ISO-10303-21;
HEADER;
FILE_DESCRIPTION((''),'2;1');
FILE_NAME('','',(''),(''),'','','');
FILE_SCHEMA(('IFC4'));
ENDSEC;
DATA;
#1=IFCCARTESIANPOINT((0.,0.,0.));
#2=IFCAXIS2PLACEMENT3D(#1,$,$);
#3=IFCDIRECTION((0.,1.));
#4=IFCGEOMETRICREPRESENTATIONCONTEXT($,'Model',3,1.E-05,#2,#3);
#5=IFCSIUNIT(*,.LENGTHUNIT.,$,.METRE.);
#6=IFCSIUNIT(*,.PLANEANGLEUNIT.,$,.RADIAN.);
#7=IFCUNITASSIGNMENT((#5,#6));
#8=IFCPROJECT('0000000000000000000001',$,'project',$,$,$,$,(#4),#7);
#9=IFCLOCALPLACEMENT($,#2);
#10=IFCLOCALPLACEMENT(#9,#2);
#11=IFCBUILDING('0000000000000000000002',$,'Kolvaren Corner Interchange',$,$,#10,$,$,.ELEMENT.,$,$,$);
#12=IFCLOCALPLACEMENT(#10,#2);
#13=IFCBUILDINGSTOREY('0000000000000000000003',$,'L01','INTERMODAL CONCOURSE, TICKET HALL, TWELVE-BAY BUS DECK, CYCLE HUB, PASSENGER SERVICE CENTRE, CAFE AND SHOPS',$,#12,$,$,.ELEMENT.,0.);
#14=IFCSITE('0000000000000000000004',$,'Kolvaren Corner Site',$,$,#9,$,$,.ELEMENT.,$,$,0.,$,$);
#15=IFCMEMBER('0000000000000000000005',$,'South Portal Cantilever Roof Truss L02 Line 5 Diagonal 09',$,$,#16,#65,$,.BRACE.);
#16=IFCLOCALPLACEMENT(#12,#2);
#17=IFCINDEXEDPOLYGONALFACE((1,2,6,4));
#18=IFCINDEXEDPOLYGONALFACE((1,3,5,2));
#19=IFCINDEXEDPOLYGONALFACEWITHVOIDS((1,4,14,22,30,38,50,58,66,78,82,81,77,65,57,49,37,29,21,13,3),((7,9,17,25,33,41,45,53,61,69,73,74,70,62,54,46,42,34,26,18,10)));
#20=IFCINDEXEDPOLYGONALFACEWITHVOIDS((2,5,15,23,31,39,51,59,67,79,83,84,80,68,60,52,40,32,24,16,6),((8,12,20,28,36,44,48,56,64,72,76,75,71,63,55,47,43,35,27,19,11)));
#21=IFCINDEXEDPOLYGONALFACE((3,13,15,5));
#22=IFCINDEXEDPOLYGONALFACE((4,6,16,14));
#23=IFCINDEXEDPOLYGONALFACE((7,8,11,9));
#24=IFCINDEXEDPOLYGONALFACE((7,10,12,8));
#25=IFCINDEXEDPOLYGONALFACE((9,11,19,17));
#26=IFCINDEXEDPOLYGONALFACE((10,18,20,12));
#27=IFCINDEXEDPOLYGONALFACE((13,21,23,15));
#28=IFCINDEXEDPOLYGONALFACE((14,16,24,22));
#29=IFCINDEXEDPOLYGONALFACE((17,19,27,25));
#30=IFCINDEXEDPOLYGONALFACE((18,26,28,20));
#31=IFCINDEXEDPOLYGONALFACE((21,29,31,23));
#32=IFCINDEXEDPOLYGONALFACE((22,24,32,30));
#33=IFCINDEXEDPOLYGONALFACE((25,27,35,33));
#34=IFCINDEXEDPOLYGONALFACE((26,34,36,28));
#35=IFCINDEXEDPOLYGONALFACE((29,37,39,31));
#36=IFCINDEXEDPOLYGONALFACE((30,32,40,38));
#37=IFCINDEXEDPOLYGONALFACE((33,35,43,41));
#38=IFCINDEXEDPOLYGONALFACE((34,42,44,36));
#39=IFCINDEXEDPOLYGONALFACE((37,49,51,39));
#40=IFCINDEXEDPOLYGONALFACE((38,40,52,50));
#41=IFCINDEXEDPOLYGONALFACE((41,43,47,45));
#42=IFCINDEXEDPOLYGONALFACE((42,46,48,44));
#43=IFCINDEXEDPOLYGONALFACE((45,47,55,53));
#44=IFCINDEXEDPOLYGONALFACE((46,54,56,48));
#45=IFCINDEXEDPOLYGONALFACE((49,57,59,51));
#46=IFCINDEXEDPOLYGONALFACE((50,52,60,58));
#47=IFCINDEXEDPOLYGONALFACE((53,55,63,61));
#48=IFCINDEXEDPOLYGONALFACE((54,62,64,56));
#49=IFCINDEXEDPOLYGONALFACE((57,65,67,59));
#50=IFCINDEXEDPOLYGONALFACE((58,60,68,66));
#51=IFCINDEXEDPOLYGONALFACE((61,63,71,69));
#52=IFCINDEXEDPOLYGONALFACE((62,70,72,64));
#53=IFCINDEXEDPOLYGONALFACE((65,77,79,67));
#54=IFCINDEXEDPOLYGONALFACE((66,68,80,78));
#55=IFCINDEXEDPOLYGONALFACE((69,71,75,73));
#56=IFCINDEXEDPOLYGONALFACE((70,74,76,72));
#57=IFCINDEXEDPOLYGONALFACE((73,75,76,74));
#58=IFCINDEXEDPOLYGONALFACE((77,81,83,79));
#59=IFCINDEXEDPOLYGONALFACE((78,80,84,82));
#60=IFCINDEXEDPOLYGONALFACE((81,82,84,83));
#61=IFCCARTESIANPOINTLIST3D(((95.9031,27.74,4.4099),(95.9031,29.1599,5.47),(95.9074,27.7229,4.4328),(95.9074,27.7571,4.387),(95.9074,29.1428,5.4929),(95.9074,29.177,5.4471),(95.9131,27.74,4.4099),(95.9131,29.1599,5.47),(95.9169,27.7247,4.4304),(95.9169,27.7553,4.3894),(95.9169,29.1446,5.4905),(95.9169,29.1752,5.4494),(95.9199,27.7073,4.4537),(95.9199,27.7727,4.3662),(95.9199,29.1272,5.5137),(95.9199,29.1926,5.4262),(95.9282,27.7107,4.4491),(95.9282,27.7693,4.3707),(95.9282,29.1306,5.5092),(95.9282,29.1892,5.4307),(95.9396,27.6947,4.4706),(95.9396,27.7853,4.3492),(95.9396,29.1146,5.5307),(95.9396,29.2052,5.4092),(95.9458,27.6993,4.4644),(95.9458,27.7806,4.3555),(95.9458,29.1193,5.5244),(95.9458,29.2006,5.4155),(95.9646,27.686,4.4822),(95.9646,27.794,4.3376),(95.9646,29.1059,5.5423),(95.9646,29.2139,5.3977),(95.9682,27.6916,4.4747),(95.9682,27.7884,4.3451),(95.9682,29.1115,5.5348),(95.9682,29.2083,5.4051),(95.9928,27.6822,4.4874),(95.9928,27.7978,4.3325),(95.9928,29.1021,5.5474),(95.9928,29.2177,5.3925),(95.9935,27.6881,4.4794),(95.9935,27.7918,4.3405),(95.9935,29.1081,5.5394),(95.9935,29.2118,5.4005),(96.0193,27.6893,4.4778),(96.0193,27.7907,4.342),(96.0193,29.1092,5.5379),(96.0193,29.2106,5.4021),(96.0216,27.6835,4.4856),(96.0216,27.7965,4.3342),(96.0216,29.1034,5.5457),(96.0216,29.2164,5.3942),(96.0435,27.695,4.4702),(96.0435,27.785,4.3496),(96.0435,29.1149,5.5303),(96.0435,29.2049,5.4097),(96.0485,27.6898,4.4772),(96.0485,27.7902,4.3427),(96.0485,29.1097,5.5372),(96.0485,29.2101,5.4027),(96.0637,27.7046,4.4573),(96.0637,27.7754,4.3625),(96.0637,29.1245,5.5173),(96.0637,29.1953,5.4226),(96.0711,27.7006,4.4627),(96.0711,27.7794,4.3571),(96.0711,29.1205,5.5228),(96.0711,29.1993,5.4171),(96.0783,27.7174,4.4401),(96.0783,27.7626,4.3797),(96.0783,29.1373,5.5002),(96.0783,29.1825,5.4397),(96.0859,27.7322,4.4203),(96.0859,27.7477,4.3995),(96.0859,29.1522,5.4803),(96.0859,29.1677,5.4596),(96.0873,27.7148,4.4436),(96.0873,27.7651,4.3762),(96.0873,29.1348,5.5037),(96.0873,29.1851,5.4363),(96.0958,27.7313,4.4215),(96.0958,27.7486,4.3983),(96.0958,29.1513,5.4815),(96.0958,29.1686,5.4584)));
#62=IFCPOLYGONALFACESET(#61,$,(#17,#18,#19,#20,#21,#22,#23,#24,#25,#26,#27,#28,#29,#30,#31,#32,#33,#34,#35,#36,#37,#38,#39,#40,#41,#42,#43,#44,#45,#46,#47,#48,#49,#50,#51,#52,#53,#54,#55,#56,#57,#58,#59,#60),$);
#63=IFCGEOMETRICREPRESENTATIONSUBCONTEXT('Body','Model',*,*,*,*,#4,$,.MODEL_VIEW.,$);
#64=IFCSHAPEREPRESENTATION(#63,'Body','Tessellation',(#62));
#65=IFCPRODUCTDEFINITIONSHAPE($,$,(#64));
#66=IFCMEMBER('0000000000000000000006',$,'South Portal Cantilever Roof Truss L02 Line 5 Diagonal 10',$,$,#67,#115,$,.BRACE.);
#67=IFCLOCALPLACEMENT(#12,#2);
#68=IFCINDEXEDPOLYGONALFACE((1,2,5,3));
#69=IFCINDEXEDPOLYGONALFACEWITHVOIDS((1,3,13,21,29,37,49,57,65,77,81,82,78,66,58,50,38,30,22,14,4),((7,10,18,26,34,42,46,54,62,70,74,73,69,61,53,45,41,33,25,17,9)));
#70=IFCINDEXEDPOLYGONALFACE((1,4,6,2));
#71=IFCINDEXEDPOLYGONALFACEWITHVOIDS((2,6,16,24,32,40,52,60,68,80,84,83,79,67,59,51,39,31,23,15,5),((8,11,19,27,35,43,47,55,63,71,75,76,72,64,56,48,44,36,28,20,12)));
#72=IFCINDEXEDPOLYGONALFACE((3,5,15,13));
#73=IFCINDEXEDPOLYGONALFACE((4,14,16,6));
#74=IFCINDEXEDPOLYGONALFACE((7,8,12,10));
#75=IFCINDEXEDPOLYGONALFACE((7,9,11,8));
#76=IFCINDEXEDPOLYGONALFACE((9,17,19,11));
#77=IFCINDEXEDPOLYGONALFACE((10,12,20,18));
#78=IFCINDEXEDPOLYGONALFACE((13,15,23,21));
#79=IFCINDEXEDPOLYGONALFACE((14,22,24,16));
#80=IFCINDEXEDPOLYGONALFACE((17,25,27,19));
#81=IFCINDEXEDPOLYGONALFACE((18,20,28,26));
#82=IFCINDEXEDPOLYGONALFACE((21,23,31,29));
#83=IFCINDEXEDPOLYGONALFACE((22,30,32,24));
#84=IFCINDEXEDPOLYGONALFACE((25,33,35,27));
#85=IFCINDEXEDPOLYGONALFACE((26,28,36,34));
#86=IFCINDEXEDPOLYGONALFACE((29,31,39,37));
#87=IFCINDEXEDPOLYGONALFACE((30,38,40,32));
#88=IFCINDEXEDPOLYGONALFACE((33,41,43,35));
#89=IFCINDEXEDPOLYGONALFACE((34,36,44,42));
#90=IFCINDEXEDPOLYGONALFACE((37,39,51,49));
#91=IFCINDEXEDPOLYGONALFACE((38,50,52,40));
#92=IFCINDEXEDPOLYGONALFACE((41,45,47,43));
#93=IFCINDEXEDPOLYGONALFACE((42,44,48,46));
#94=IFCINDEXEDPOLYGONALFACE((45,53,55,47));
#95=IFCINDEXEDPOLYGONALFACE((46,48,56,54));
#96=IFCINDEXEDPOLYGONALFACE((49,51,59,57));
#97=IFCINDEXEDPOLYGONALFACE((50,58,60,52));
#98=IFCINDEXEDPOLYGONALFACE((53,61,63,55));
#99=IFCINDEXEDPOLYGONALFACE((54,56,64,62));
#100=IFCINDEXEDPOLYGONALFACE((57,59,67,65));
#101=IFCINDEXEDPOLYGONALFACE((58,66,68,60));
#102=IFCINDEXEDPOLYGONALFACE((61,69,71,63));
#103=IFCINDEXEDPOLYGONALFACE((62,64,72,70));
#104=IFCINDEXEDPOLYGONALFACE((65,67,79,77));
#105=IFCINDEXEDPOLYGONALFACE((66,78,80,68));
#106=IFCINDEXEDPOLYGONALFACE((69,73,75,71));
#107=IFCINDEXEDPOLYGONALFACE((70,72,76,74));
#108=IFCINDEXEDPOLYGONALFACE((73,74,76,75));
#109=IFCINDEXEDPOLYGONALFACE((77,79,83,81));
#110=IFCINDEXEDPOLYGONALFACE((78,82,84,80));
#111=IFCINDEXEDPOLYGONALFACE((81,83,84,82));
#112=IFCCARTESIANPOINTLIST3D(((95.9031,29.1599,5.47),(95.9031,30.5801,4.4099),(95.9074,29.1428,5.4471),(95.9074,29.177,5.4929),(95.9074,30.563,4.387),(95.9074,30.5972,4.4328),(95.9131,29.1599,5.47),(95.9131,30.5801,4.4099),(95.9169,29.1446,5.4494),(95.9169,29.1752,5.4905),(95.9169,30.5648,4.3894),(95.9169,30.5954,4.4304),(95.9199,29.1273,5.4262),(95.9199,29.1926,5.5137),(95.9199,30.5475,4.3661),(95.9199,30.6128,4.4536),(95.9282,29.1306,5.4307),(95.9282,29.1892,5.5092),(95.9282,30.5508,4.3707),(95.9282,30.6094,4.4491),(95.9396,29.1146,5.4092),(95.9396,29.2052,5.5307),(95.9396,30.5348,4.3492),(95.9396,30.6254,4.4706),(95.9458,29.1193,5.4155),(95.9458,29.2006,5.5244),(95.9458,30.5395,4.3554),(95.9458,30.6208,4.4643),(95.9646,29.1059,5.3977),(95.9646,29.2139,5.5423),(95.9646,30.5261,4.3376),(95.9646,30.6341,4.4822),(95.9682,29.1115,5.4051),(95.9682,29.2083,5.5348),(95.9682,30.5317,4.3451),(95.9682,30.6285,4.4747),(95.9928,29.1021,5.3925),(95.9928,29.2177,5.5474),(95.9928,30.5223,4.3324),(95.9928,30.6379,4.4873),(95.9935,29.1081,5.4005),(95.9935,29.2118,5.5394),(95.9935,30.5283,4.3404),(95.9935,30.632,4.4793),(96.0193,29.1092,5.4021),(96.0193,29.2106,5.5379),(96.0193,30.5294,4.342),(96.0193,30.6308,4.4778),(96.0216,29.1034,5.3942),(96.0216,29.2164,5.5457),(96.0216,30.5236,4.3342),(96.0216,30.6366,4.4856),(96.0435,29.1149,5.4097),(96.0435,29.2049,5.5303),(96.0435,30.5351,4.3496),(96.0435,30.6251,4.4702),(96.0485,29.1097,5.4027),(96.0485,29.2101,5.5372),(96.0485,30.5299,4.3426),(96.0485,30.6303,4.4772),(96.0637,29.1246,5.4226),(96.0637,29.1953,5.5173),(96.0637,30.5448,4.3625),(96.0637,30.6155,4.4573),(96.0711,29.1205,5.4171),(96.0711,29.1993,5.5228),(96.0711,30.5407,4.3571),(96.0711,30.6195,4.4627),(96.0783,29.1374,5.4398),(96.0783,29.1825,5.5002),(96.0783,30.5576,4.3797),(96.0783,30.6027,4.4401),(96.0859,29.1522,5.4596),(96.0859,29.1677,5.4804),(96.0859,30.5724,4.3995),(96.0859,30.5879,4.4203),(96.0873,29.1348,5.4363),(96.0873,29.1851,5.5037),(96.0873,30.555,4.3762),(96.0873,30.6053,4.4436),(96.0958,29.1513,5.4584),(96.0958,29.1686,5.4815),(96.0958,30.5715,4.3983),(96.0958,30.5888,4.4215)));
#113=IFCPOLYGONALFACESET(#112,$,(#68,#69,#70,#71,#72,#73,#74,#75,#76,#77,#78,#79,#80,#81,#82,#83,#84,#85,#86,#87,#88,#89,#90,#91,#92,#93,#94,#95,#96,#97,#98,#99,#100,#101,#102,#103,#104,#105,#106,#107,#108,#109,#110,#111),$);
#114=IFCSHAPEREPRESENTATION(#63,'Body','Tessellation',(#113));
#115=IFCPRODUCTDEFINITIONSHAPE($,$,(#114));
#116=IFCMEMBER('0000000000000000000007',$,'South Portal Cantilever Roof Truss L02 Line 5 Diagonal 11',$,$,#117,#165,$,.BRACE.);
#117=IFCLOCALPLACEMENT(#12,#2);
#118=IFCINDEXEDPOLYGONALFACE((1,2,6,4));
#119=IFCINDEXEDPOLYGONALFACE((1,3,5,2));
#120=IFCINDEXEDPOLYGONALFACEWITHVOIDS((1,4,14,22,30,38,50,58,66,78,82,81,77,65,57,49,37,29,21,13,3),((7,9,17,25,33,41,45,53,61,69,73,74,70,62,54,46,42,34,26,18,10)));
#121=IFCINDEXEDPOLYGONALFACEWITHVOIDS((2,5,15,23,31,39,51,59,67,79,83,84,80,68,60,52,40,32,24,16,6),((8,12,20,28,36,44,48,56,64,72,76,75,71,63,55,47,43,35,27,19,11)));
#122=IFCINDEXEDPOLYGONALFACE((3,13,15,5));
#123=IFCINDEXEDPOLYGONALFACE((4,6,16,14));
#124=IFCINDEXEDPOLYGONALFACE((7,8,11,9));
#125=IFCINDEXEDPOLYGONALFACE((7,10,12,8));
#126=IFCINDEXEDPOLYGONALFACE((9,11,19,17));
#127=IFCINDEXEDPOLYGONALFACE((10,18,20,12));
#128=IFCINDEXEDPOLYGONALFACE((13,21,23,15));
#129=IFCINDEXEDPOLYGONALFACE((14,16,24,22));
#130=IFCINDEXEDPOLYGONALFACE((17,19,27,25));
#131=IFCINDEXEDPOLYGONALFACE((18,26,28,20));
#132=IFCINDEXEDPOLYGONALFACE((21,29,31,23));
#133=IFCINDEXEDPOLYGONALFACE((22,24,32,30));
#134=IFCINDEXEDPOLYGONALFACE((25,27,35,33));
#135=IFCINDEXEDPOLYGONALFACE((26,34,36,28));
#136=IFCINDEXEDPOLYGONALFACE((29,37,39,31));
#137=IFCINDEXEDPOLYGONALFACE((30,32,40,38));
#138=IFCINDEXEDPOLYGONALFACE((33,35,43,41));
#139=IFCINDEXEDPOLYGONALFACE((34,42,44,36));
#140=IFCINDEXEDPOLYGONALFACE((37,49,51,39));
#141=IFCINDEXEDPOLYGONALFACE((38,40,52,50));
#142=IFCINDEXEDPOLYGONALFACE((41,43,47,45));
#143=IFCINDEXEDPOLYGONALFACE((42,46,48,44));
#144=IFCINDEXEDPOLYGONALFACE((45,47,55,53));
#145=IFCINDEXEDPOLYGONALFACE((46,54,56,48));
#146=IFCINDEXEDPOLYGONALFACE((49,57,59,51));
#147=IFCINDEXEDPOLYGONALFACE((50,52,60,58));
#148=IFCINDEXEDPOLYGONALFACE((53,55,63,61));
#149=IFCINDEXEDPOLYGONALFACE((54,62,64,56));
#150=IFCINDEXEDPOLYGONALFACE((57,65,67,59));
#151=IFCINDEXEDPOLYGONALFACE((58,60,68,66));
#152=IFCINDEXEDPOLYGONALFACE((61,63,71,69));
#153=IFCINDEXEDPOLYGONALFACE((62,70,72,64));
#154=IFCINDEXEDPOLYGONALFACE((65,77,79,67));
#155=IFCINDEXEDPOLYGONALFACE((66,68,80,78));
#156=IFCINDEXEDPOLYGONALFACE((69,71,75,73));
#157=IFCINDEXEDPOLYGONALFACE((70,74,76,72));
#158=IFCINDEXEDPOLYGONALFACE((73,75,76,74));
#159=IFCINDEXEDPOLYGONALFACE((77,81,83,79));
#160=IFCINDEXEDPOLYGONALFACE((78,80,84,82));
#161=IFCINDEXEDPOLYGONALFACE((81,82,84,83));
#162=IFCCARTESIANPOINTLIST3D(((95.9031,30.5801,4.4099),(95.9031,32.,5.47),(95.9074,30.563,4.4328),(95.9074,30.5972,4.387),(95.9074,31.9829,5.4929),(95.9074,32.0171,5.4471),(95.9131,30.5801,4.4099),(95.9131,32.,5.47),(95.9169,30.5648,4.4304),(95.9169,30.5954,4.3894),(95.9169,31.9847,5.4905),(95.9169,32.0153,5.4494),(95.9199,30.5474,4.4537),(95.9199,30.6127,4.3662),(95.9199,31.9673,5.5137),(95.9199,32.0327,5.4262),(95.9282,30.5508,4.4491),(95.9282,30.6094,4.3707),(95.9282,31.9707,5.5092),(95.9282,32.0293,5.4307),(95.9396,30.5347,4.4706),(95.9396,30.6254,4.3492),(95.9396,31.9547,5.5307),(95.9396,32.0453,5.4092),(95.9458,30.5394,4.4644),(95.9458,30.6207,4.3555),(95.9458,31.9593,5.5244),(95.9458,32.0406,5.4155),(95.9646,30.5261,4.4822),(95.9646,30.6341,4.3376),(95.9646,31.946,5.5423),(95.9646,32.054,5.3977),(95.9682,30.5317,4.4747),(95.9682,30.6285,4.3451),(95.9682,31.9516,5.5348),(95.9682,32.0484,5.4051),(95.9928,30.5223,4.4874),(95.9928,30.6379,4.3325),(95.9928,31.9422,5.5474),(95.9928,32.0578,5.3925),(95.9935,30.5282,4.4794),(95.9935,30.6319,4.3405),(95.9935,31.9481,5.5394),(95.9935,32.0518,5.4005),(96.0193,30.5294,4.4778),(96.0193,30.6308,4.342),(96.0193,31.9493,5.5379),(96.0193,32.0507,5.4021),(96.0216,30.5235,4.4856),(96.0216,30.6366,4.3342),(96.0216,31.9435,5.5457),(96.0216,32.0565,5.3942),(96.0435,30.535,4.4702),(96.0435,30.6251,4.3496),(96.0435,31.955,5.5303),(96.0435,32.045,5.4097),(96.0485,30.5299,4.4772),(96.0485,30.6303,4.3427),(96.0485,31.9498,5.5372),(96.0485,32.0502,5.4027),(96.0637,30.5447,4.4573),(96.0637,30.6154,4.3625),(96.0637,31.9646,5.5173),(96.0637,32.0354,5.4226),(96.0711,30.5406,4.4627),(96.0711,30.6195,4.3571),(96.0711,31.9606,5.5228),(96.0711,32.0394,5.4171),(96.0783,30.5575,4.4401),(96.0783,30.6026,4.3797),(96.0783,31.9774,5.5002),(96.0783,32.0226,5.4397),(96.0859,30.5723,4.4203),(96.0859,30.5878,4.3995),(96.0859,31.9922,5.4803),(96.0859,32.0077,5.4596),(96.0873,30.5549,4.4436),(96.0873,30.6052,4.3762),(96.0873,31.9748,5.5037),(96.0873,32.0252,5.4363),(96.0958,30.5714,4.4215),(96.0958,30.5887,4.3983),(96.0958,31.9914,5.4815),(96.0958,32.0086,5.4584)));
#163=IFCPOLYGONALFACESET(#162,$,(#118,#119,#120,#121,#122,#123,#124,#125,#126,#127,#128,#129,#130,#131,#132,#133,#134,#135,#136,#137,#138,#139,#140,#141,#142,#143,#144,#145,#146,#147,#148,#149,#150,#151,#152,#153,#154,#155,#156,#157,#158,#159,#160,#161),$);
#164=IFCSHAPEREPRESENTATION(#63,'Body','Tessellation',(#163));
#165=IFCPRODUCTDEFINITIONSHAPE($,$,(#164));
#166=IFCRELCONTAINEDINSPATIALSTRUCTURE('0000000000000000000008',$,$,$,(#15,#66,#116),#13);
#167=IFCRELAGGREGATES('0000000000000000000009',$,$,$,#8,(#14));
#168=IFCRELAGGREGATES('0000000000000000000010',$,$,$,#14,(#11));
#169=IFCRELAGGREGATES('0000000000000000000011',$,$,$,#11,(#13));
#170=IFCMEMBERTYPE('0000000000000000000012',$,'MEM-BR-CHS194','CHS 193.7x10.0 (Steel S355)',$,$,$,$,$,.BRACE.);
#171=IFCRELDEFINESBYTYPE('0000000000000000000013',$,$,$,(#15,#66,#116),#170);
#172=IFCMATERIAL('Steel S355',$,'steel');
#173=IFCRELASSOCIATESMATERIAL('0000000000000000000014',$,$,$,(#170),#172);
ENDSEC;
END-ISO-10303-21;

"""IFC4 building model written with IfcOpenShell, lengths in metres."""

from ifc_helpers import new_model, si_unit, direction, frame, origin, origin_2d, place, context, subcontext, project, spatial, hollow_circle, extrude, material, material_profile, profile_set, type_object, element, save


model = new_model("IFC4")

# Units and contexts
model_context = context("Model", 3, precision=1e-05, world=origin(), true_north=direction((0.0, 1.0)))
body_context = subcontext(model_context, "Body", "Model", "MODEL_VIEW")
ifc_project = project(units=[si_unit("LENGTHUNIT", "METRE"), si_unit("PLANEANGLEUNIT", "RADIAN")], contexts=[model_context])

# Site, building, storey
site_placement = place(None, origin())
site = spatial("IfcSite", under=ifc_project, at=site_placement, Name="Kolvaren Corner Site", CompositionType="ELEMENT", RefElevation=0.0)
building_placement = place(site_placement, origin())
building = spatial("IfcBuilding", under=site, at=building_placement, Name="Kolvaren Corner Interchange", CompositionType="ELEMENT")
storey_placement = place(building_placement, origin())
storey = spatial("IfcBuildingStorey", under=building, at=storey_placement, Name="L01", Description="INTERMODAL CONCOURSE, TICKET HALL, TWELVE-BAY BUS DECK, CYCLE HUB, PASSENGER SERVICE CENTRE, CAFE AND SHOPS", CompositionType="ELEMENT", Elevation=0.0)

# Members
ifc_material_1 = material(Name="Steel S355", Category="steel")
ifc_material_profile_1 = material_profile(ifc_material_1, hollow_circle(Radius=0.0969, WallThickness=0.01, at=origin_2d()), Name="CHS 193.7x10.0")
ifc_profile_set_1 = profile_set([ifc_material_profile_1], Name="Steel S355")
member_type_1 = type_object("IfcMemberType", Name="MEM-BR-CHS194", Description="CHS 193.7x10.0 (Steel S355)", PredefinedType="BRACE", material=ifc_profile_set_1)
for number, where, z_axis, x_axis, name in (
    (1, (96.0, 27.74, 4.4099), (0.0, 0.801321, 0.598235), (-1.0, 0.0, 0.0), "South Portal Cantilever Roof Truss L02 Line 5 Diagonal 09"),
):
    element("IfcMember", number, at=place(storey_placement, frame(where, z_axis=z_axis, x_axis=x_axis)), inside=storey, type_object=member_type_1, Name=name, PredefinedType="BRACE", context=body_context, shape_type="SweptSolid", body=[
        extrude(hollow_circle(Radius=0.0969, WallThickness=0.01, at=origin_2d()), origin(), (0.0, 0.0, 1.0), 1.772),
    ])
member_1_placement = place(storey_placement, frame((96.0, 29.1599, 5.47), z_axis=(0.0, 0.80137, -0.598169), x_axis=(-1.0, 0.0, 0.0)))
element("IfcMember", 2, at=member_1_placement, inside=storey, type_object=member_type_1, Name="South Portal Cantilever Roof Truss L02 Line 5 Diagonal 10", PredefinedType="BRACE", context=body_context, shape_type="SweptSolid", body=[
    extrude(hollow_circle(Radius=0.0969, WallThickness=0.01, at=origin_2d()), origin(), (0.0, 0.0, 1.0), 1.7722),
])
for number, where, z_axis, x_axis, name in (
    (3, (96.0, 30.5801, 4.4099), (0.0, 0.801321, 0.598235), (-1.0, 0.0, 0.0), "South Portal Cantilever Roof Truss L02 Line 5 Diagonal 11"),
):
    element("IfcMember", number, at=place(storey_placement, frame(where, z_axis=z_axis, x_axis=x_axis)), inside=storey, type_object=member_type_1, Name=name, PredefinedType="BRACE", context=body_context, shape_type="SweptSolid", body=[
        extrude(hollow_circle(Radius=0.0969, WallThickness=0.01, at=origin_2d()), origin(), (0.0, 0.0, 1.0), 1.772),
    ])

save(model, "model.ifc")
